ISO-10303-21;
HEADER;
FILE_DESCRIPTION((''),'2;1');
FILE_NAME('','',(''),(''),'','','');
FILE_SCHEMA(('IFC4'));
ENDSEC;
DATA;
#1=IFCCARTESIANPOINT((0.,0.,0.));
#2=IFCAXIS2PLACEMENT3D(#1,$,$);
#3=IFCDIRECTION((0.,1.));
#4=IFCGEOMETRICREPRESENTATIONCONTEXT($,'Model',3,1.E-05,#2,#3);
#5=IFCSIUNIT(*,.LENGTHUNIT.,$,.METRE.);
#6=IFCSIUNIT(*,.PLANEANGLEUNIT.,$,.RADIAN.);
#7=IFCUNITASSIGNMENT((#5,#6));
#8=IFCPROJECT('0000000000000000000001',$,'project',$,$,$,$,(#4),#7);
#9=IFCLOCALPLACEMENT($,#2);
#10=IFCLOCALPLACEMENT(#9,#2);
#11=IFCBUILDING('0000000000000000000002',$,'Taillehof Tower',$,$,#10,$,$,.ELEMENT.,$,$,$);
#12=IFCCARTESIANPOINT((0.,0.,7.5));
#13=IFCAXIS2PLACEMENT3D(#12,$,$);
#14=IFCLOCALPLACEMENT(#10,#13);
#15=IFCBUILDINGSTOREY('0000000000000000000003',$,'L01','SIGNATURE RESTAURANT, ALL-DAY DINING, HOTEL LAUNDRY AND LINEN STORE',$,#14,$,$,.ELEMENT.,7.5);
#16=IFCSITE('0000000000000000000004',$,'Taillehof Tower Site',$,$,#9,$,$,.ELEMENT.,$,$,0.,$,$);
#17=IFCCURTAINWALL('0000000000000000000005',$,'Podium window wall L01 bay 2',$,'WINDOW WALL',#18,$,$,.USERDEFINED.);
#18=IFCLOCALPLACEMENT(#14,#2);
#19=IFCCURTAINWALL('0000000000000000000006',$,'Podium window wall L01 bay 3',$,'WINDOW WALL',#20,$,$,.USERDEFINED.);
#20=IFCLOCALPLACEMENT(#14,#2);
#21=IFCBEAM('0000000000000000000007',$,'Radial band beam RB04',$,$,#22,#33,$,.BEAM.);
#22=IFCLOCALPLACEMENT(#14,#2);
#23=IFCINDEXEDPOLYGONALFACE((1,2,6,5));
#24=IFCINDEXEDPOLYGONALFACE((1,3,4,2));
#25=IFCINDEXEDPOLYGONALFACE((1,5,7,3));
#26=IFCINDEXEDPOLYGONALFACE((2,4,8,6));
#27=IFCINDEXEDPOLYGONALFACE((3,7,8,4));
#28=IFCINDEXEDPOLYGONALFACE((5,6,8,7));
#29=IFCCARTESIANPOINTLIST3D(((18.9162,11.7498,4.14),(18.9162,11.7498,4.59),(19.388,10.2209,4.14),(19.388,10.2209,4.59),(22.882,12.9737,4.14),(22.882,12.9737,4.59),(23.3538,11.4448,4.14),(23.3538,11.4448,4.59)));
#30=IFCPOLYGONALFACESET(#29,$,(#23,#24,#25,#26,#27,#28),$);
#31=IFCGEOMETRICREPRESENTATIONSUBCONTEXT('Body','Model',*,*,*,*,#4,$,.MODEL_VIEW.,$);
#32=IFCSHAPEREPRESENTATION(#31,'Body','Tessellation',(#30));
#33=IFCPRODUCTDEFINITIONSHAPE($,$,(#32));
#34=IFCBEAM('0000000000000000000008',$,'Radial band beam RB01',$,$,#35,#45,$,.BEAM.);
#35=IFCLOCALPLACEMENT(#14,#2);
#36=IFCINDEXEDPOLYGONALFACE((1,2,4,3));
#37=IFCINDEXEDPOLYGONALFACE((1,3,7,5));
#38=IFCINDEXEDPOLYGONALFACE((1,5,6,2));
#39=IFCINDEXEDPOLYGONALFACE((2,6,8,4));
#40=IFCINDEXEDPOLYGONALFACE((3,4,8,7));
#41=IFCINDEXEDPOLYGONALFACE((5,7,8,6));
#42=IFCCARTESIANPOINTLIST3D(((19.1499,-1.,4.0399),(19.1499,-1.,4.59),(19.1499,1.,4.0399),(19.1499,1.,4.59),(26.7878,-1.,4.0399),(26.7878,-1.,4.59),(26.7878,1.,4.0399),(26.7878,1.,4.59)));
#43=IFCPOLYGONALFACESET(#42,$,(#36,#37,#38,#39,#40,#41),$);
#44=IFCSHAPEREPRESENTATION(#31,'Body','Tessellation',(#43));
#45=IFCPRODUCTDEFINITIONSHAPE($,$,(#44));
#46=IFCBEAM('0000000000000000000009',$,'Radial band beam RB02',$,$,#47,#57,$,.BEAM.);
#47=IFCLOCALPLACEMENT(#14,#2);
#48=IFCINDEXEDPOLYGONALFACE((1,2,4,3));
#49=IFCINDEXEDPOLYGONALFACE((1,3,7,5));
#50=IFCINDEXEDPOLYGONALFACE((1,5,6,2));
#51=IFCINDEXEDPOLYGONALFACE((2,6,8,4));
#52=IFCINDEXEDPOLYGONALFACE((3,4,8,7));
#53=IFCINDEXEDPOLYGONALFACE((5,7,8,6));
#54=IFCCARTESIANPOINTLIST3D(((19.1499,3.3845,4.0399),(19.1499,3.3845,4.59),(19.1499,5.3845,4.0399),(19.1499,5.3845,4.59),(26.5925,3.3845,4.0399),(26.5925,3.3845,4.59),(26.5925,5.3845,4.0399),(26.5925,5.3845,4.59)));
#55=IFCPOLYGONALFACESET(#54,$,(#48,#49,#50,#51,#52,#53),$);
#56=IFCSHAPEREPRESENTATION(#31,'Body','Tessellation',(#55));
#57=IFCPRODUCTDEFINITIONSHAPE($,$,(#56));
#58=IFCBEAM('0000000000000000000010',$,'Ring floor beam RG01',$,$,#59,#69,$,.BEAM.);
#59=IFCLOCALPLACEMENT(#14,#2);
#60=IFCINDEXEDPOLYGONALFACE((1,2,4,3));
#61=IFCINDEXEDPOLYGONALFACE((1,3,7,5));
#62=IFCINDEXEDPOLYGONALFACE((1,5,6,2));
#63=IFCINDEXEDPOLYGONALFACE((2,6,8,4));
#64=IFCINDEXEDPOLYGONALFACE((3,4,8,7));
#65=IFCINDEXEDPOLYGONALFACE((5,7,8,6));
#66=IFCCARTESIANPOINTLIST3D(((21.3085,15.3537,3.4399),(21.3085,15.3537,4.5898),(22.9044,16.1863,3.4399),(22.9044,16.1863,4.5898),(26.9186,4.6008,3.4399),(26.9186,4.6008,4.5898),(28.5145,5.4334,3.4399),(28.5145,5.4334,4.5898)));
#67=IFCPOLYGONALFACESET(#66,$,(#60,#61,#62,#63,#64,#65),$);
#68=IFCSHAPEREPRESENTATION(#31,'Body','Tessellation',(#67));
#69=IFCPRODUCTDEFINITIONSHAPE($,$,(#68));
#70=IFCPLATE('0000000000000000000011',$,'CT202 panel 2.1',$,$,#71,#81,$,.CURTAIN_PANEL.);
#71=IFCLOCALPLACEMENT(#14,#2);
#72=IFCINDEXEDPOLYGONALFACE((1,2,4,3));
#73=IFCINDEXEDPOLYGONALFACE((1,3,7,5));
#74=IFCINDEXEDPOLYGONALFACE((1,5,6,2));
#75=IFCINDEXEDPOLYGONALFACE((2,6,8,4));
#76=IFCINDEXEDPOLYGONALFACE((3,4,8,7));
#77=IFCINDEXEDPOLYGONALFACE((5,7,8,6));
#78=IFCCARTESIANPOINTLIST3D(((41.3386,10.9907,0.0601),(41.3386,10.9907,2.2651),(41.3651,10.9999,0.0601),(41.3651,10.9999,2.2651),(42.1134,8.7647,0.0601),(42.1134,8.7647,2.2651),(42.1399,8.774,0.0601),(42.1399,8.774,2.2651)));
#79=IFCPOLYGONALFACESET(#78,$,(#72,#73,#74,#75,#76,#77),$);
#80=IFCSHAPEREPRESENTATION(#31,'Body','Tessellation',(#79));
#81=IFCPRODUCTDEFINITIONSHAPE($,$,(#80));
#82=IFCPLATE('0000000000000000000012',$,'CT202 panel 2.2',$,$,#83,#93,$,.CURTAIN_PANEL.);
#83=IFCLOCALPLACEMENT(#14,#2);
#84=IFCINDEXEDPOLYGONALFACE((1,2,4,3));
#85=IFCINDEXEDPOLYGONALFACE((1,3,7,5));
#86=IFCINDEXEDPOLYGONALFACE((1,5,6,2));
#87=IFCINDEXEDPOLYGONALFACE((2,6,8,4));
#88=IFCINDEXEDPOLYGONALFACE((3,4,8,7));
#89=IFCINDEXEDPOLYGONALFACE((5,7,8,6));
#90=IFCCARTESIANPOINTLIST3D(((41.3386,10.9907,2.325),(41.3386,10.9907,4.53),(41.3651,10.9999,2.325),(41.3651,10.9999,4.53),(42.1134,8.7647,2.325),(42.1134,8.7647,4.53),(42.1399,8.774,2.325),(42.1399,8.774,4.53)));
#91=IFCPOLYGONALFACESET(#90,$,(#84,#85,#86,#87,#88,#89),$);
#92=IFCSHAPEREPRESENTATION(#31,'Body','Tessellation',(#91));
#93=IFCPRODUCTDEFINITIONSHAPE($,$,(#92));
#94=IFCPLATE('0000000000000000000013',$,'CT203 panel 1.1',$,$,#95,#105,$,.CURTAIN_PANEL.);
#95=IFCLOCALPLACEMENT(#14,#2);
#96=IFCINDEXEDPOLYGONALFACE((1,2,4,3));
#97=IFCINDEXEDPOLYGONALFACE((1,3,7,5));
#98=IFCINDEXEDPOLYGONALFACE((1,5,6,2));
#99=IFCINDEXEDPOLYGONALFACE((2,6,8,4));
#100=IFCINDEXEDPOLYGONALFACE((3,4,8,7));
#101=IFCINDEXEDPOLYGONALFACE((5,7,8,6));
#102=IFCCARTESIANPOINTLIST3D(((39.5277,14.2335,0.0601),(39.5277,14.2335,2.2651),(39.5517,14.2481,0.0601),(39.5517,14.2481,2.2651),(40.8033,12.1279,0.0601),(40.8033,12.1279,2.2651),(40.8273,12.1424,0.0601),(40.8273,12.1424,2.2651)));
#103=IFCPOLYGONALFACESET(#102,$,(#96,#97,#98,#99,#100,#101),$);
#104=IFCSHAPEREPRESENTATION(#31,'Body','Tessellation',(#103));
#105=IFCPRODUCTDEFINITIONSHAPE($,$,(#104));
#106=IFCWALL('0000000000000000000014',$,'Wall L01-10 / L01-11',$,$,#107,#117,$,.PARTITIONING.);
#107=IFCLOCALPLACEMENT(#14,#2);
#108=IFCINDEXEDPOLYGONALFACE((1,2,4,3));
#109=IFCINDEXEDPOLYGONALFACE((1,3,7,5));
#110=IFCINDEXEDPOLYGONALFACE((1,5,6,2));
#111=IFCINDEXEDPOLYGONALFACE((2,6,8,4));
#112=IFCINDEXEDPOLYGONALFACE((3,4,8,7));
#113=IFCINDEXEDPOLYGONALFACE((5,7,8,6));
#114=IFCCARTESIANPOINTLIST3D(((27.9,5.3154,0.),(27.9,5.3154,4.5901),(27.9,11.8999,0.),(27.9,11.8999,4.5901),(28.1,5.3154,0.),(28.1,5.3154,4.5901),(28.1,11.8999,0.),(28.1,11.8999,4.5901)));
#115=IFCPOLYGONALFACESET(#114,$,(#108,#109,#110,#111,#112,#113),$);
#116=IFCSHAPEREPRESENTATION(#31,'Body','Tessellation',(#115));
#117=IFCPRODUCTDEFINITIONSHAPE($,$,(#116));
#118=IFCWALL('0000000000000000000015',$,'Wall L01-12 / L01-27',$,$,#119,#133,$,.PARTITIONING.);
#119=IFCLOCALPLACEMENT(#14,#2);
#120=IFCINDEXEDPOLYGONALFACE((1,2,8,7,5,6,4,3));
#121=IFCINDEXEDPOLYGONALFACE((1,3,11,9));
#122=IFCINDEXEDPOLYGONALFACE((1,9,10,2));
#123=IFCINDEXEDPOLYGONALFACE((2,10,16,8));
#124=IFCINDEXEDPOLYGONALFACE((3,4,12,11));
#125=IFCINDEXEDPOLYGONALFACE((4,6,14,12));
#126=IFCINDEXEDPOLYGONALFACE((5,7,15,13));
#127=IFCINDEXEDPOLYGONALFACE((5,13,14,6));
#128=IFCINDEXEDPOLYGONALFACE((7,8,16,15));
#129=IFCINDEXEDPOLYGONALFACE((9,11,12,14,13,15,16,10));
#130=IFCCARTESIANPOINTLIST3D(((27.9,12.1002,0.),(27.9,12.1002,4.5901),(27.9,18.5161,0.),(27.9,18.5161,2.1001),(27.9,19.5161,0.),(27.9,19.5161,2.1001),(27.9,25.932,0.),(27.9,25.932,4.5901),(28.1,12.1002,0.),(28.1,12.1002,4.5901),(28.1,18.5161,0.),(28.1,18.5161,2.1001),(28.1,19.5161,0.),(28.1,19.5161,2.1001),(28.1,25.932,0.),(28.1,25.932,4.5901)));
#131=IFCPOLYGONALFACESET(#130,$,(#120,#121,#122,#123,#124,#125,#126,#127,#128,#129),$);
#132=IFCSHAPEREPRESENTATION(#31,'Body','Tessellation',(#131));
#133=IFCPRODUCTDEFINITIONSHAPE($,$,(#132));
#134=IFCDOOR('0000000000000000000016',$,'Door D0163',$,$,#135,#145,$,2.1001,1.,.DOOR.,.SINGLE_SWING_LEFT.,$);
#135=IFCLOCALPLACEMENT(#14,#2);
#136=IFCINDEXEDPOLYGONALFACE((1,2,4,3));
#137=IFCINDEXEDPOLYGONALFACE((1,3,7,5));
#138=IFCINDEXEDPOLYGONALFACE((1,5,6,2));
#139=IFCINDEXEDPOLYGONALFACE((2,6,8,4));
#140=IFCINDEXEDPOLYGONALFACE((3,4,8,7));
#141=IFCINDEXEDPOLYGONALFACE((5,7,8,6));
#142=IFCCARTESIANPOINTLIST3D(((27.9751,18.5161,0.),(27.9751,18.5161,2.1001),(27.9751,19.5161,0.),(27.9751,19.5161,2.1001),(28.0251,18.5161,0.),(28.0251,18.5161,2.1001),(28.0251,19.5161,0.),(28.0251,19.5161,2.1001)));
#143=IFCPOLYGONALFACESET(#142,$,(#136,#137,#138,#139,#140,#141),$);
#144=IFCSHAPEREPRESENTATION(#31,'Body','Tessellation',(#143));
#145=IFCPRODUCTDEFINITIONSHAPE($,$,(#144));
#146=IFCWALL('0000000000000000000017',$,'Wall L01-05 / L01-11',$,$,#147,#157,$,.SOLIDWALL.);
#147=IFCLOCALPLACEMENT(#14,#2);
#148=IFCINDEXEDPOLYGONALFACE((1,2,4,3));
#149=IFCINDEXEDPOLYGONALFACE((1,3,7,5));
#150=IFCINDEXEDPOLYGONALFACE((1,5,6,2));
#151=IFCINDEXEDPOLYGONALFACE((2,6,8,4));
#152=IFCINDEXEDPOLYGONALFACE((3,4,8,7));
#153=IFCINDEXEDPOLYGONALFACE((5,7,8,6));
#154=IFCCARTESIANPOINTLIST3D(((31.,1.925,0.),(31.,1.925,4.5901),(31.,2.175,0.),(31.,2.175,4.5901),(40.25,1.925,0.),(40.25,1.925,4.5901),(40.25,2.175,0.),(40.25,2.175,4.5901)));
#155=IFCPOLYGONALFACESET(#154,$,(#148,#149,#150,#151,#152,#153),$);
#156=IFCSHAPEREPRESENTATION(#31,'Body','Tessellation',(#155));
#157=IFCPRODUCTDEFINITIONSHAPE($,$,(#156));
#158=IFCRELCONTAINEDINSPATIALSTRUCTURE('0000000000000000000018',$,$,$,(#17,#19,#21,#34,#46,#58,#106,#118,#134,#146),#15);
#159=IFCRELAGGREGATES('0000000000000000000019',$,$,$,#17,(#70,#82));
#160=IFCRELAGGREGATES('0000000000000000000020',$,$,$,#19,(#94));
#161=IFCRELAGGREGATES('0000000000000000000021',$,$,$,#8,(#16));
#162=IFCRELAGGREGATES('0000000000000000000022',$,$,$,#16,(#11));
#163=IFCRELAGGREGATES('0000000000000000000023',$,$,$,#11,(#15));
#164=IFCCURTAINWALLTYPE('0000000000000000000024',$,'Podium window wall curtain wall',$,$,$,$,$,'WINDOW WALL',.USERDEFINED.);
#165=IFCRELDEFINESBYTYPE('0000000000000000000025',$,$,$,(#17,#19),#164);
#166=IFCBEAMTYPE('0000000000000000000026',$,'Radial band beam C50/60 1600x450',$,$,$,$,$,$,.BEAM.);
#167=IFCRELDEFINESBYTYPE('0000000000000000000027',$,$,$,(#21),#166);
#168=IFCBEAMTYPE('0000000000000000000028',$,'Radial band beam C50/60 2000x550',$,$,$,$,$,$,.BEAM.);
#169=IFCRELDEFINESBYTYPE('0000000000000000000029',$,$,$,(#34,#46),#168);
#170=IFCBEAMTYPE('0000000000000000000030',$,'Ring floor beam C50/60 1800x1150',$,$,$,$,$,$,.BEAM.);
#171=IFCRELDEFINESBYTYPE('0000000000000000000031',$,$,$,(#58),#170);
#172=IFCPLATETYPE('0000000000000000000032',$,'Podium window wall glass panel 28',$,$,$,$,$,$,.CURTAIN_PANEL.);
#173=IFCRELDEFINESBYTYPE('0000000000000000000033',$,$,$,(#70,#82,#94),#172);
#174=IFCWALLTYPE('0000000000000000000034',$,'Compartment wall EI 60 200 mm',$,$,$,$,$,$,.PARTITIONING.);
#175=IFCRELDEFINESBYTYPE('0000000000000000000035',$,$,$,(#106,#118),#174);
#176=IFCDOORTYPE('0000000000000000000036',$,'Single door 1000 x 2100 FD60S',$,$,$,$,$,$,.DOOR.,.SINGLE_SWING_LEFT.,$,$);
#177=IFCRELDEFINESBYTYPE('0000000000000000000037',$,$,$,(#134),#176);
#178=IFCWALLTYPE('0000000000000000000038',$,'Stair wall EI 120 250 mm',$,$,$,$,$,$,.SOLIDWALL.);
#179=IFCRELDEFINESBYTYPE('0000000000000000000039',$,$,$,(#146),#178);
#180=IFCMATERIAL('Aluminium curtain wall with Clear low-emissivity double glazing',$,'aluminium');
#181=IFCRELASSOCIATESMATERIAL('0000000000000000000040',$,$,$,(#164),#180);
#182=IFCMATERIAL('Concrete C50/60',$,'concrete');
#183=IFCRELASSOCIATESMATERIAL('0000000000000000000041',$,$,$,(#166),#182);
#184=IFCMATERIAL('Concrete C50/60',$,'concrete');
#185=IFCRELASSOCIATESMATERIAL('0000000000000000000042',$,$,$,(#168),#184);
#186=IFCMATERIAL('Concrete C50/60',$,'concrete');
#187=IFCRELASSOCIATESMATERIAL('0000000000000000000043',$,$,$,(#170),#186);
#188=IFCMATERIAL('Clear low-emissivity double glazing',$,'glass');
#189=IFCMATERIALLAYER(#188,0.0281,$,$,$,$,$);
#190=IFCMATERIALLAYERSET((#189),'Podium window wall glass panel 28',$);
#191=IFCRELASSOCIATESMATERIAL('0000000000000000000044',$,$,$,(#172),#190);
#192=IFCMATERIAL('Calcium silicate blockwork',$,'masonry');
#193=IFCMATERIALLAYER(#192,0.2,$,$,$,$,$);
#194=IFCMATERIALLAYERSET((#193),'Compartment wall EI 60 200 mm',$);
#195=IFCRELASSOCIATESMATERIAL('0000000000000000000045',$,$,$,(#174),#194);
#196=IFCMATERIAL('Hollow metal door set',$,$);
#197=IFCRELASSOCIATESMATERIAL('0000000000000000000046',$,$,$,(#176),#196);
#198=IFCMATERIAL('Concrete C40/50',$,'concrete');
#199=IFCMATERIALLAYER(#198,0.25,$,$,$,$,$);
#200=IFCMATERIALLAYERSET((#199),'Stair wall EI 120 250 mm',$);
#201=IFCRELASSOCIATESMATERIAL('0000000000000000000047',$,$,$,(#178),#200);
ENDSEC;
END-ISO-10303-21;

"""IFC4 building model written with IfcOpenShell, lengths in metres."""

from ifc_helpers import new_model, si_unit, direction, frame, frame_2d, origin, origin_2d, place, context, subcontext, project, spatial, rectangle, extrude, material, layer, layer_set, material_profile, profile_set, type_object, element, fill, aggregate, save


model = new_model("IFC4")

# Units and contexts
model_context = context("Model", 3, precision=1e-05, world=origin(), true_north=direction((0.0, 1.0)))
body_context = subcontext(model_context, "Body", "Model", "MODEL_VIEW")
ifc_project = project(units=[si_unit("LENGTHUNIT", "METRE"), si_unit("PLANEANGLEUNIT", "RADIAN")], contexts=[model_context])

# Site, building, storey
site_placement = place(None, origin())
site = spatial("IfcSite", under=ifc_project, at=site_placement, Name="Taillehof Tower Site", CompositionType="ELEMENT", RefElevation=0.0)
building_placement = place(site_placement, origin())
building = spatial("IfcBuilding", under=site, at=building_placement, Name="Taillehof Tower", CompositionType="ELEMENT")
storey_placement = place(building_placement, frame((0.0, 0.0, 7.5)))
storey = spatial("IfcBuildingStorey", under=building, at=storey_placement, Name="L01", Description="SIGNATURE RESTAURANT, ALL-DAY DINING, HOTEL LAUNDRY AND LINEN STORE", CompositionType="ELEMENT", Elevation=7.5)

# Curtain walls
ifc_material_1 = material(Name="Aluminium curtain wall with Clear low-emissivity double glazing", Category="aluminium")
curtain_wall_type = type_object("IfcCurtainWallType", Name="Podium window wall curtain wall", ElementType="WINDOW WALL", PredefinedType="USERDEFINED", material=ifc_material_1)
curtain_wall_1_placement = place(storey_placement, origin())
curtain_wall_1 = element("IfcCurtainWall", 1, at=curtain_wall_1_placement, inside=storey, type_object=curtain_wall_type, Name="Podium window wall L01 bay 2", ObjectType="WINDOW WALL", PredefinedType="USERDEFINED")
curtain_wall_2_placement = place(storey_placement, origin())
curtain_wall_2 = element("IfcCurtainWall", 2, at=curtain_wall_2_placement, inside=storey, type_object=curtain_wall_type, Name="Podium window wall L01 bay 3", ObjectType="WINDOW WALL", PredefinedType="USERDEFINED")

# Beams
ifc_material_2 = material(Name="Concrete C50/60", Category="concrete")
ifc_material_profile_1 = material_profile(ifc_material_2, rectangle(XDim=1.6001, YDim=0.45, at=origin_2d()), Name="RC 1600x450")
ifc_profile_set_1 = profile_set([ifc_material_profile_1], Name="Concrete C50/60")
beam_type_1 = type_object("IfcBeamType", Name="Radial band beam C50/60 1600x450", PredefinedType="BEAM", material=ifc_profile_set_1)
beam_1_placement = place(storey_placement, frame((23.1179, 12.2092, 4.365), z_axis=(-0.955533, -0.294884, 0.0), x_axis=(0.294884, -0.955533, 0.0)))
element("IfcBeam", 3, at=beam_1_placement, inside=storey, type_object=beam_type_1, Name="Radial band beam RB04", PredefinedType="BEAM", context=body_context, shape_type="SweptSolid", body=[
    extrude(rectangle(XDim=1.6001, YDim=0.45, at=origin_2d()), origin(), (0.0, 0.0, 1.0), 4.1504),
])
ifc_material_3 = material(Name="Concrete C50/60", Category="concrete")
ifc_material_profile_2 = material_profile(ifc_material_3, rectangle(XDim=2.0, YDim=0.55, at=origin_2d()), Name="RC 2000x550")
ifc_profile_set_2 = profile_set([ifc_material_profile_2], Name="Concrete C50/60")
beam_type_2 = type_object("IfcBeamType", Name="Radial band beam C50/60 2000x550", PredefinedType="BEAM", material=ifc_profile_set_2)
beam_2_placement = place(storey_placement, frame((26.7878, 0.0, 4.3149), z_axis=(-1.0, 0.0, 0.0), x_axis=(0.0, -1.0, 0.0)))
element("IfcBeam", 4, at=beam_2_placement, inside=storey, type_object=beam_type_2, Name="Radial band beam RB01", PredefinedType="BEAM", context=body_context, shape_type="SweptSolid", body=[
    extrude(rectangle(XDim=2.0, YDim=0.55, at=origin_2d()), origin(), (0.0, 0.0, 1.0), 7.6379),
])
beam_3_placement = place(storey_placement, frame((26.5925, 4.3845, 4.3149), z_axis=(-1.0, 0.0, 0.0), x_axis=(0.0, -1.0, 0.0)))
element("IfcBeam", 5, at=beam_3_placement, inside=storey, type_object=beam_type_2, Name="Radial band beam RB02", PredefinedType="BEAM", context=body_context, shape_type="SweptSolid", body=[
    extrude(rectangle(XDim=2.0, YDim=0.55, at=origin_2d()), origin(), (0.0, 0.0, 1.0), 7.4426),
])
ifc_material_4 = material(Name="Concrete C50/60", Category="concrete")
ifc_material_profile_3 = material_profile(ifc_material_4, rectangle(XDim=1.8, YDim=1.1499, at=origin_2d()), Name="RC 1800x1150")
ifc_profile_set_3 = profile_set([ifc_material_profile_3], Name="Concrete C50/60")
beam_type_3 = type_object("IfcBeamType", Name="Ring floor beam C50/60 1800x1150", PredefinedType="BEAM", material=ifc_profile_set_3)
beam_4_placement = place(storey_placement, frame((27.7166, 5.0171, 4.0149), z_axis=(-0.462558, 0.886589, 0.0), x_axis=(-0.886589, -0.462558, 0.0)))
element("IfcBeam", 6, at=beam_4_placement, inside=storey, type_object=beam_type_3, Name="Ring floor beam RG01", PredefinedType="BEAM", context=body_context, shape_type="SweptSolid", body=[
    extrude(rectangle(XDim=1.8, YDim=1.1499, at=origin_2d()), origin(), (0.0, 0.0, 1.0), 12.1284),
])

# Plates
ifc_material_5 = material(Name="Clear low-emissivity double glazing", Category="glass")
ifc_layer_1 = layer(ifc_material_5, 0.0281)
ifc_layer_set_1 = layer_set([ifc_layer_1], Name="Podium window wall glass panel 28")
plate_type = type_object("IfcPlateType", Name="Podium window wall glass panel 28", PredefinedType="CURTAIN_PANEL", material=ifc_layer_set_1)
plate_1_placement = place(storey_placement, frame((41.7393, 9.8823, 0.0601), z_axis=(0.0, 0.0, 1.0), x_axis=(-0.328758, 0.944414, 0.0)))
plate_1 = element("IfcPlate", 7, at=plate_1_placement, type_object=plate_type, Name="CT202 panel 2.1", PredefinedType="CURTAIN_PANEL", context=body_context, shape_type="SweptSolid", body=[
    extrude(rectangle(XDim=2.3569, YDim=0.0281, at=origin_2d()), origin(), (0.0, 0.0, 1.0), 2.2051),
])
plate_2_placement = place(storey_placement, frame((41.7393, 9.8823, 2.325), z_axis=(0.0, 0.0, 1.0), x_axis=(-0.328758, 0.944414, 0.0)))
plate_2 = element("IfcPlate", 8, at=plate_2_placement, type_object=plate_type, Name="CT202 panel 2.2", PredefinedType="CURTAIN_PANEL", context=body_context, shape_type="SweptSolid", body=[
    extrude(rectangle(XDim=2.3569, YDim=0.0281, at=origin_2d()), origin(), (0.0, 0.0, 1.0), 2.2051),
])
aggregate(curtain_wall_1, [plate_1, plate_2])
plate_3_placement = place(storey_placement, frame((40.1775, 13.188, 0.0601), z_axis=(0.0, 0.0, 1.0), x_axis=(-0.518151, 0.855289, 0.0)))
plate_3 = element("IfcPlate", 9, at=plate_3_placement, type_object=plate_type, Name="CT203 panel 1.1", PredefinedType="CURTAIN_PANEL", context=body_context, shape_type="SweptSolid", body=[
    extrude(rectangle(XDim=2.4619, YDim=0.0281, at=origin_2d()), origin(), (0.0, 0.0, 1.0), 2.2051),
])
aggregate(curtain_wall_2, [plate_3])

# Wall
ifc_material_6 = material(Name="Calcium silicate blockwork", Category="masonry")
ifc_layer_2 = layer(ifc_material_6, 0.2)
ifc_layer_set_2 = layer_set([ifc_layer_2], Name="Compartment wall EI 60 200 mm")
wall_type_1 = type_object("IfcWallType", Name="Compartment wall EI 60 200 mm", PredefinedType="PARTITIONING", material=ifc_layer_set_2)
wall_1_placement = place(storey_placement, frame((28.0, 5.3154, 0.0), z_axis=(0.0, 0.0, 1.0), x_axis=(0.0, 1.0, 0.0)))
element("IfcWall", 10, at=wall_1_placement, inside=storey, type_object=wall_type_1, Name="Wall L01-10 / L01-11", PredefinedType="PARTITIONING", context=body_context, shape_type="SweptSolid", body=[
    extrude(rectangle(XDim=6.5845, YDim=0.2, at=frame_2d((3.2922, 0.0))), origin(), (0.0, 0.0, 1.0), 4.5901),
])

# Wall, opening, door
wall_2_placement = place(storey_placement, frame((28.0, 12.1001, 0.0), z_axis=(0.0, 0.0, 1.0), x_axis=(0.0, 1.0, 0.0)))
wall_2 = element("IfcWall", 11, at=wall_2_placement, inside=storey, type_object=wall_type_1, Name="Wall L01-12 / L01-27", PredefinedType="PARTITIONING", context=body_context, shape_type="SweptSolid", body=[
    extrude(rectangle(XDim=13.8318, YDim=0.2, at=frame_2d((6.916, 0.0))), origin(), (0.0, 0.0, 1.0), 4.5901),
])
opening_placement = place(wall_2_placement, frame((6.416, 0.0, 0.0)))
opening = element("IfcOpeningElement", 12, at=opening_placement, cuts=wall_2, PredefinedType="OPENING", context=body_context, shape_type="SweptSolid", body=[
    extrude(rectangle(XDim=1.0, YDim=2.1001, at=frame_2d((0.5, 1.05))), frame((0.0, 0.1099, 0.0), z_axis=(0.0, -1.0, 0.0), x_axis=(1.0, 0.0, 0.0)), (0.0, 0.0, 1.0), 0.22),
])
ifc_material_7 = material(Name="Hollow metal door set")
door_type = type_object("IfcDoorType", Name="Single door 1000 x 2100 FD60S", OperationType="SINGLE_SWING_LEFT", PredefinedType="DOOR", material=ifc_material_7)
door_placement = place(opening_placement, origin())
door = element("IfcDoor", 13, at=door_placement, inside=storey, type_object=door_type, Name="Door D0163", OperationType="SINGLE_SWING_LEFT", OverallHeight=2.1001, OverallWidth=1.0, PredefinedType="DOOR", context=body_context, shape_type="SweptSolid", body=[
    extrude(rectangle(XDim=1.0, YDim=2.1001, at=frame_2d((0.5, 1.05))), frame((0.0, 0.0249, 0.0), z_axis=(0.0, -1.0, 0.0), x_axis=(1.0, 0.0, 0.0)), (0.0, 0.0, 1.0), 0.05),
])
fill(opening, door)

# Wall
ifc_material_8 = material(Name="Concrete C40/50", Category="concrete")
ifc_layer_3 = layer(ifc_material_8, 0.25)
ifc_layer_set_3 = layer_set([ifc_layer_3], Name="Stair wall EI 120 250 mm")
wall_type_2 = type_object("IfcWallType", Name="Stair wall EI 120 250 mm", PredefinedType="SOLIDWALL", material=ifc_layer_set_3)
wall_3_placement = place(storey_placement, frame((31.0, 2.05, 0.0), z_axis=(0.0, 0.0, 1.0), x_axis=(1.0, 0.0, 0.0)))
element("IfcWall", 14, at=wall_3_placement, inside=storey, type_object=wall_type_2, Name="Wall L01-05 / L01-11", PredefinedType="SOLIDWALL", context=body_context, shape_type="SweptSolid", body=[
    extrude(rectangle(XDim=9.25, YDim=0.25, at=frame_2d((4.625, 0.0))), origin(), (0.0, 0.0, 1.0), 4.5901),
])

save(model, "model.ifc")
